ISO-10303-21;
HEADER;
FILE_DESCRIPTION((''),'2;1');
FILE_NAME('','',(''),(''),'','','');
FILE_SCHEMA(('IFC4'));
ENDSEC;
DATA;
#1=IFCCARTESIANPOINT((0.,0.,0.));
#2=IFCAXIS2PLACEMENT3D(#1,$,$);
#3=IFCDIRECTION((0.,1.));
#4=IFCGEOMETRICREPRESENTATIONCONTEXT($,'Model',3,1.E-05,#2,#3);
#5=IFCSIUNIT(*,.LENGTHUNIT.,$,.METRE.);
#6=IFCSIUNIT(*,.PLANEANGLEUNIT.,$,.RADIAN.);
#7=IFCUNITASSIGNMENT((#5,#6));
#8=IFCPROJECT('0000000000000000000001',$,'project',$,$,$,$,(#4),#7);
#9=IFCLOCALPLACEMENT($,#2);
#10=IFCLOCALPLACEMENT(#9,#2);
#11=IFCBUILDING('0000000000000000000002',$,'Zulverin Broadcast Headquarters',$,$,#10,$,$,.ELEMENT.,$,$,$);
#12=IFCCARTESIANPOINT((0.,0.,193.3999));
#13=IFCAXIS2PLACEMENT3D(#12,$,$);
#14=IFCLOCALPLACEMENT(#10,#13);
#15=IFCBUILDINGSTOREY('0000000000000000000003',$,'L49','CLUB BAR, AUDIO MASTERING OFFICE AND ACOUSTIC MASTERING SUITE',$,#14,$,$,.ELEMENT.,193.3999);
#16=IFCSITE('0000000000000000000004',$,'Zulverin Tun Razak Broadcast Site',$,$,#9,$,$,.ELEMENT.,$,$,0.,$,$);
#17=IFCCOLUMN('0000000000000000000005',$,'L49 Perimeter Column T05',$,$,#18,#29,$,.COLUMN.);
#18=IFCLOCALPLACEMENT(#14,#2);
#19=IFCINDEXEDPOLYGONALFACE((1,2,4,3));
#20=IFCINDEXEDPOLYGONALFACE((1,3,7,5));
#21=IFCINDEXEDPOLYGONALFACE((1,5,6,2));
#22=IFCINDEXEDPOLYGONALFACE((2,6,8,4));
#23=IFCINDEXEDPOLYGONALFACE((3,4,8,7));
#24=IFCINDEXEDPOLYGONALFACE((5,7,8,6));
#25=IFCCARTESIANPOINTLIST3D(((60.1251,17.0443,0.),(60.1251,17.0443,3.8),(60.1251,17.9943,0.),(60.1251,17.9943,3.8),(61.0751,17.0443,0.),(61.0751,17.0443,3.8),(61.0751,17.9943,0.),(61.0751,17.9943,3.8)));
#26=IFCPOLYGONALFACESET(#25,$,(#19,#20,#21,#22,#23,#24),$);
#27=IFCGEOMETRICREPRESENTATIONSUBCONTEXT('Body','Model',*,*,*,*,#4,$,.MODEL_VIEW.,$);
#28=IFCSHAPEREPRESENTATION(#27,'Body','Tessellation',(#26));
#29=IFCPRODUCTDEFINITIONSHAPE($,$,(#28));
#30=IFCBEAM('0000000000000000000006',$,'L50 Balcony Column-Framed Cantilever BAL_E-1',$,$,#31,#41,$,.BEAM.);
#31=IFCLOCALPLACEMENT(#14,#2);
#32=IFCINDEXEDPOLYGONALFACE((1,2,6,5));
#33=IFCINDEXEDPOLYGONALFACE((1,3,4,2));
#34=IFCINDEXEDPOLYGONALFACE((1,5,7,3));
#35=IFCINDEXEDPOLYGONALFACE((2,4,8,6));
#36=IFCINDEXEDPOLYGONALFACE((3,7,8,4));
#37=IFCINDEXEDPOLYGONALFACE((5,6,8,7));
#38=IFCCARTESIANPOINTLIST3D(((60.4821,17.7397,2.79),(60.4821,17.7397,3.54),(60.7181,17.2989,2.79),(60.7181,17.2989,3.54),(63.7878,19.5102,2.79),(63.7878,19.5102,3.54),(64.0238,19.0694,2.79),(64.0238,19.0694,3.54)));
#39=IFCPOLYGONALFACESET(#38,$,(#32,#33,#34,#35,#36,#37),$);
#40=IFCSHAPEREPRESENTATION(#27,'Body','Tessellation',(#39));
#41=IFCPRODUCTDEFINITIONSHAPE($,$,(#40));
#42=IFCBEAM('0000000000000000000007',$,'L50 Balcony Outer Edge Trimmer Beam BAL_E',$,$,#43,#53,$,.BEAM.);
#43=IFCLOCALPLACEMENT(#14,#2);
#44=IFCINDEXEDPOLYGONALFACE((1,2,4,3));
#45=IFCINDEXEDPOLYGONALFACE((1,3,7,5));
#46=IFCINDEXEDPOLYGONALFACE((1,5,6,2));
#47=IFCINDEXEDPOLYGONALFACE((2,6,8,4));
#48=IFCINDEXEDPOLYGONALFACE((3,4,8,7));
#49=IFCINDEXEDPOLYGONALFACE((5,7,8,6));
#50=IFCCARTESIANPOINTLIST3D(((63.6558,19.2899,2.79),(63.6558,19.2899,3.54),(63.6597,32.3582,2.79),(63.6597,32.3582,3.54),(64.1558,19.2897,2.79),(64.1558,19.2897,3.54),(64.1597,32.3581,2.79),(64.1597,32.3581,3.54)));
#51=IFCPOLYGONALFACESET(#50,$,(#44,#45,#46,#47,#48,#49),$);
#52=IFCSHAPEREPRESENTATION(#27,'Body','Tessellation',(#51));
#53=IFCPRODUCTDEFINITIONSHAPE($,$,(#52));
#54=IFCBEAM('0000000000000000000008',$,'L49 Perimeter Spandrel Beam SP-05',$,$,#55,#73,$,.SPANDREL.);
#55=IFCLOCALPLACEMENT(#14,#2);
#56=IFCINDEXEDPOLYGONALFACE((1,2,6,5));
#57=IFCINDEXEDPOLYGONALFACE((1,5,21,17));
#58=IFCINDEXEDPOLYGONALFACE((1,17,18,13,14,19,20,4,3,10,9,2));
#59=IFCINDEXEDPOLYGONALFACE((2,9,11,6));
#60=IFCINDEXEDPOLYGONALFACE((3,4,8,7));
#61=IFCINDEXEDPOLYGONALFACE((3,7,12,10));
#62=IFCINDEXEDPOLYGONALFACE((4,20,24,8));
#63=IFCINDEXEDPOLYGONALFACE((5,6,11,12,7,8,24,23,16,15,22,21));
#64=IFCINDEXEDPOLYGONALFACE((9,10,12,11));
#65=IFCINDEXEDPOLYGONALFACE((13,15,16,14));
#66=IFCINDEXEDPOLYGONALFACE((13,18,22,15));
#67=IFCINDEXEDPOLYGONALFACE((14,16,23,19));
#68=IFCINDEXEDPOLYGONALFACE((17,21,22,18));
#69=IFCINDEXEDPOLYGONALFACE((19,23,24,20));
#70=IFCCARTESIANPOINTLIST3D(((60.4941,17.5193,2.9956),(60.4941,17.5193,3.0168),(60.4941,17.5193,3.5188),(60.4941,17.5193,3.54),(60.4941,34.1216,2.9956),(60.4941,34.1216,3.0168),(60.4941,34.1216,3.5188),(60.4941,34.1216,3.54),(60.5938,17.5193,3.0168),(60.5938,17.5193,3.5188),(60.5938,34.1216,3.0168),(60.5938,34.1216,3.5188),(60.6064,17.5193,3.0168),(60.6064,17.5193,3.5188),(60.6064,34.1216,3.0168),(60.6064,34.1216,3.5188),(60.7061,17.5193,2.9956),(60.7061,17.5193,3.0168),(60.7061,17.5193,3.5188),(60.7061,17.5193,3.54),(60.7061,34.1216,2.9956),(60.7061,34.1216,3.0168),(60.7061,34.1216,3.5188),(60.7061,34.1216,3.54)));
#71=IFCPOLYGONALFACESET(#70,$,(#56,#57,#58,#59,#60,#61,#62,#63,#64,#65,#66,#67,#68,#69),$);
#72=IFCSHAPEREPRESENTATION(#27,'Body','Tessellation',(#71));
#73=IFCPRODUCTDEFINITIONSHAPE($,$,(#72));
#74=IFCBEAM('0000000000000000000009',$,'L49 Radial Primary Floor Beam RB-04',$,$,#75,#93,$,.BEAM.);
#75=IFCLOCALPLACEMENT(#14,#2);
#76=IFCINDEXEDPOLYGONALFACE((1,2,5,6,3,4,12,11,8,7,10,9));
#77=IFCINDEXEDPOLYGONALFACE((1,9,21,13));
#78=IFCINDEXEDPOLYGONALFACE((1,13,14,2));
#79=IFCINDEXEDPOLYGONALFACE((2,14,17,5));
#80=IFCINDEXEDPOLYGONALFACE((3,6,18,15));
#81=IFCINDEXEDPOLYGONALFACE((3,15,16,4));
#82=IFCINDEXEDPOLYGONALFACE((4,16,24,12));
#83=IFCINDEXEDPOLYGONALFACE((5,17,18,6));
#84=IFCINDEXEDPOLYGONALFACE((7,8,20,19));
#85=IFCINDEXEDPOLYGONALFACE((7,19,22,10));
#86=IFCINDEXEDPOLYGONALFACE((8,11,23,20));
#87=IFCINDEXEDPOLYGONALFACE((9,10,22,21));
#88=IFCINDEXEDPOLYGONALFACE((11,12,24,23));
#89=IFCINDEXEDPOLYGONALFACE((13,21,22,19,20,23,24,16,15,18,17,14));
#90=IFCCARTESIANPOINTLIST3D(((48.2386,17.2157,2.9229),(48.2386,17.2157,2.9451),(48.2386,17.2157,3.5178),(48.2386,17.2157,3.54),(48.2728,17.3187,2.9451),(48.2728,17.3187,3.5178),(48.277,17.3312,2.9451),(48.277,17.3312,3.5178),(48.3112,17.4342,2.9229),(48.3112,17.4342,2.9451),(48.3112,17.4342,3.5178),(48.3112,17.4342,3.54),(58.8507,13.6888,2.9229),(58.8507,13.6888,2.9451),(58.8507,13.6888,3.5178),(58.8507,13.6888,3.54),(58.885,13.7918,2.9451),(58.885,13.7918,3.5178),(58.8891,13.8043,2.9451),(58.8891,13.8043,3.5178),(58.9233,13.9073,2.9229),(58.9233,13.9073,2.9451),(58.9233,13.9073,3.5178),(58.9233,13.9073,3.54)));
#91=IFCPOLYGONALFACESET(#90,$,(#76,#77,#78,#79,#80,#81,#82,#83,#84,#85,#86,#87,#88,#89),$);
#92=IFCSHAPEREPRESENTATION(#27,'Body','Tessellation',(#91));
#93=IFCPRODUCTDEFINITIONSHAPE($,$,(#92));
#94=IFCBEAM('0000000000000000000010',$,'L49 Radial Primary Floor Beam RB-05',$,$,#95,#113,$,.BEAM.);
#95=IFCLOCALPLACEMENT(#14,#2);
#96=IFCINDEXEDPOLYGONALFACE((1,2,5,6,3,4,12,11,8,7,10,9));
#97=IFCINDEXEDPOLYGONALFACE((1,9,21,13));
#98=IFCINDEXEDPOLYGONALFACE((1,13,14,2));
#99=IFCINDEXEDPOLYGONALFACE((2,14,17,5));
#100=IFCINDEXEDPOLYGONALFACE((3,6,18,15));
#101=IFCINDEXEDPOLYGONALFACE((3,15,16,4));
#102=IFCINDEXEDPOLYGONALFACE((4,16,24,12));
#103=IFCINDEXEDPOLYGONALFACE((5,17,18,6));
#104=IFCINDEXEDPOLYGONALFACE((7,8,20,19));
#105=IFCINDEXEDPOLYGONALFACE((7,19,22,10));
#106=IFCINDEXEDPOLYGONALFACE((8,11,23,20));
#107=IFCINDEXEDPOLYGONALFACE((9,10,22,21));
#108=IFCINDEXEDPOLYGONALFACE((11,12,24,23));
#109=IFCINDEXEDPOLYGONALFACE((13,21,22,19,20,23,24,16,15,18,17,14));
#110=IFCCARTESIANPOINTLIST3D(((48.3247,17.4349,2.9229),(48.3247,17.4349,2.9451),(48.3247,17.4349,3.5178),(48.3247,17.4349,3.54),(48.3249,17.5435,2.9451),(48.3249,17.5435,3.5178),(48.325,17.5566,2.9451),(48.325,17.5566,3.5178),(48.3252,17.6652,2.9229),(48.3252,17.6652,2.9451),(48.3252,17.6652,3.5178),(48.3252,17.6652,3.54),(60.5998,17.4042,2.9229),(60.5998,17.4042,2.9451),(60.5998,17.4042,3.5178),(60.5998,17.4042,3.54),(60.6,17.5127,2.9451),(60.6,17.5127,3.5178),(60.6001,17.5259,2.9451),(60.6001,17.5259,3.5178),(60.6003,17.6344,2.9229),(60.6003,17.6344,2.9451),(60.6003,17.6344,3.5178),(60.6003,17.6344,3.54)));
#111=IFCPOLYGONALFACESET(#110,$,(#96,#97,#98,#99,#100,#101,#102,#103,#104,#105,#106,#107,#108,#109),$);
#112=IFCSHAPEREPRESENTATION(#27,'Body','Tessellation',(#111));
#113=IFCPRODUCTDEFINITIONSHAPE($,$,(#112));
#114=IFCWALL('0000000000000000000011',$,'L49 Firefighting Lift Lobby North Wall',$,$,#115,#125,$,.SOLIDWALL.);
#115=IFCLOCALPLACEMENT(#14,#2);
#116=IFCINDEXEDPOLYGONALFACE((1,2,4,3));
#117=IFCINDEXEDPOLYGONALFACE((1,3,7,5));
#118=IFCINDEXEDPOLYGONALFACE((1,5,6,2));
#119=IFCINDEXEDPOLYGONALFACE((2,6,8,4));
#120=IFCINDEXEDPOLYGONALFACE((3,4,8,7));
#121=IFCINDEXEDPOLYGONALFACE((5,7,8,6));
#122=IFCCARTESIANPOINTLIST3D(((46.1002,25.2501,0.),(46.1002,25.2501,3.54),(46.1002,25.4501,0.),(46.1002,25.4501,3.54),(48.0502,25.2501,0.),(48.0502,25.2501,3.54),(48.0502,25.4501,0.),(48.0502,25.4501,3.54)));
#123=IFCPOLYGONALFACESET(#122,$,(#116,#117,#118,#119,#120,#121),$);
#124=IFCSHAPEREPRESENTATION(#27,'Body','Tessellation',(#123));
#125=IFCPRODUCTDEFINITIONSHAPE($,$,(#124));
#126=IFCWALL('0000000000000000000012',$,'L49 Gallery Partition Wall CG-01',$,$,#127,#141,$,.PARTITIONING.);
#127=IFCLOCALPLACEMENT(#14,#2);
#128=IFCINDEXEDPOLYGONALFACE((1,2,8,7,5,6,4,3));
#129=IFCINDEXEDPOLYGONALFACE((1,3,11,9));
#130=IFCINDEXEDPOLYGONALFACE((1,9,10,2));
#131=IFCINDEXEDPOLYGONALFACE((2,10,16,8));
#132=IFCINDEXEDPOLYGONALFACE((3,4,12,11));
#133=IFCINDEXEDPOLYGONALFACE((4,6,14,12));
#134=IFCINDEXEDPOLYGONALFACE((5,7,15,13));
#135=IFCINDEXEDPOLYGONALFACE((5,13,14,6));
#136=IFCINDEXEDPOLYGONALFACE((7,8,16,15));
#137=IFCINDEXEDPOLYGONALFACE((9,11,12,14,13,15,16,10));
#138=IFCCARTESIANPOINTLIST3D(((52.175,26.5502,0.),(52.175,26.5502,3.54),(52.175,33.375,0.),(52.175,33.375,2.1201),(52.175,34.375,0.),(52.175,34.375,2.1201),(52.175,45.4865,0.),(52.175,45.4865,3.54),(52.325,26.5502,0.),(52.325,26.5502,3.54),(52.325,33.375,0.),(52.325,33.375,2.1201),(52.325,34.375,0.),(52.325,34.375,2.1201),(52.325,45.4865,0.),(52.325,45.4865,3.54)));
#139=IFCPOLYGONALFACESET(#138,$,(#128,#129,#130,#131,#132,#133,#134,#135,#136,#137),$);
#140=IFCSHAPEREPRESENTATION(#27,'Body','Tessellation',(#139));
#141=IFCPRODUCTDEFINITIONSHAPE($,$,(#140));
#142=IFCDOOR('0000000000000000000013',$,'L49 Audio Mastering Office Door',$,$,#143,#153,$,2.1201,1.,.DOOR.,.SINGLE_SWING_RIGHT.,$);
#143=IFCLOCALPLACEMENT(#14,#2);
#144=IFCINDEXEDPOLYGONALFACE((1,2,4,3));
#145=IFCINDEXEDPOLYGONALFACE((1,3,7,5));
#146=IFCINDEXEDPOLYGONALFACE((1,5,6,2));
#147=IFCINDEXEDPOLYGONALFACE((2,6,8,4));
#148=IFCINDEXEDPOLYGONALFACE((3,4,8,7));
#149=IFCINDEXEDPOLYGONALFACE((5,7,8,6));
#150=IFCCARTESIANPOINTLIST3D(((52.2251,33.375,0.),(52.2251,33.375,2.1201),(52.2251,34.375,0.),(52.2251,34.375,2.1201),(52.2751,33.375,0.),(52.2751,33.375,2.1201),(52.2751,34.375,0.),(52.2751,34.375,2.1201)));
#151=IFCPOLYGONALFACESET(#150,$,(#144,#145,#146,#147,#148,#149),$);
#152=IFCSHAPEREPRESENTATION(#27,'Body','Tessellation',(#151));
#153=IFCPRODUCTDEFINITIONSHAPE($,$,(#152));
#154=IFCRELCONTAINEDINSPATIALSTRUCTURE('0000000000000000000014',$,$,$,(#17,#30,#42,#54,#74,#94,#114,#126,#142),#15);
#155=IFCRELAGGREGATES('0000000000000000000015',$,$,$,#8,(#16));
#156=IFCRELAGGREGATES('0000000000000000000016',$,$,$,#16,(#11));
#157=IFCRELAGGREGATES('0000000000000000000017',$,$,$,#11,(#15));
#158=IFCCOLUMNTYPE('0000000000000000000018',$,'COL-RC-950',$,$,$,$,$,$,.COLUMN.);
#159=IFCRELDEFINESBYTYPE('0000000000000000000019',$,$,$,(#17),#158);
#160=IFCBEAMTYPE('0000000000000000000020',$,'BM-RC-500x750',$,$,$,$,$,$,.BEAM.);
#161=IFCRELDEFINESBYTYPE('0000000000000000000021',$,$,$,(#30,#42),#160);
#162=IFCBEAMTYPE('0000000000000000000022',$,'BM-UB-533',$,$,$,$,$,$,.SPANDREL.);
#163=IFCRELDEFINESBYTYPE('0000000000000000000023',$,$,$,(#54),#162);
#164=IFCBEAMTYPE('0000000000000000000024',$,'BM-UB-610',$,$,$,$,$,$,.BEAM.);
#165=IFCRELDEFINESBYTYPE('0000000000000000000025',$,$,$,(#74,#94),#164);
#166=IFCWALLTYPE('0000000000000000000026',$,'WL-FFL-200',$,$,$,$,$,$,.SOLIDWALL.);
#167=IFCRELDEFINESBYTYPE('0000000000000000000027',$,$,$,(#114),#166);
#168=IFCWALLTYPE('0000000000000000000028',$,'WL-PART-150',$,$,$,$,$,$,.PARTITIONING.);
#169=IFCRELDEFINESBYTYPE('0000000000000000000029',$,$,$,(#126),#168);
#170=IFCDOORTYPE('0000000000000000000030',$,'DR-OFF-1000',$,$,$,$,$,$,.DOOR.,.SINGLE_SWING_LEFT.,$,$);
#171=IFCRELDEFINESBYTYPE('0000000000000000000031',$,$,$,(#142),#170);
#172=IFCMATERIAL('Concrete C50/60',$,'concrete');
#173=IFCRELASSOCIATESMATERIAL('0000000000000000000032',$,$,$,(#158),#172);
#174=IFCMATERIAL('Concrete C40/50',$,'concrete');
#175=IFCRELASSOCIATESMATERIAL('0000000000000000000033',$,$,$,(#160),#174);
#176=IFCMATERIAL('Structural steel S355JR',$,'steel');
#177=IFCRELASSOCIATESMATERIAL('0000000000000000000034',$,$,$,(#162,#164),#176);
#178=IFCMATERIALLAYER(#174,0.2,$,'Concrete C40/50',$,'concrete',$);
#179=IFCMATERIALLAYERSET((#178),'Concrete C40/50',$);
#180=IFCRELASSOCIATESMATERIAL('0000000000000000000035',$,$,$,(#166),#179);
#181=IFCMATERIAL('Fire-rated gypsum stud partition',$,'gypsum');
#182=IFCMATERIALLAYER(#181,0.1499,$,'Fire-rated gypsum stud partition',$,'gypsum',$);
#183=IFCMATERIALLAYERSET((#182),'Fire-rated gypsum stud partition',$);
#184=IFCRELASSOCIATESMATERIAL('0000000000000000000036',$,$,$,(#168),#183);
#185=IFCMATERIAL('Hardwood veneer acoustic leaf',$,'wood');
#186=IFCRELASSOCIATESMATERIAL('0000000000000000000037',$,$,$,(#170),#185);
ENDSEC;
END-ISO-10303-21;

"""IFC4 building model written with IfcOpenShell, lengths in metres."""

from ifc_helpers import new_model, si_unit, direction, frame, frame_2d, origin, origin_2d, place, context, subcontext, project, spatial, rectangle, i_section, extrude, material, layer, layer_set, material_profile, profile_set, type_object, element, fill, save


model = new_model("IFC4")

# Units and contexts
model_context = context("Model", 3, precision=1e-05, world=origin(), true_north=direction((0.0, 1.0)))
body_context = subcontext(model_context, "Body", "Model", "MODEL_VIEW")
ifc_project = project(units=[si_unit("LENGTHUNIT", "METRE"), si_unit("PLANEANGLEUNIT", "RADIAN")], contexts=[model_context])

# Site, building, storey
site_placement = place(None, origin())
site = spatial("IfcSite", under=ifc_project, at=site_placement, Name="Zulverin Tun Razak Broadcast Site", CompositionType="ELEMENT", RefElevation=0.0)
building_placement = place(site_placement, origin())
building = spatial("IfcBuilding", under=site, at=building_placement, Name="Zulverin Broadcast Headquarters", CompositionType="ELEMENT")
storey_placement = place(building_placement, frame((0.0, 0.0, 193.3999)))
storey = spatial("IfcBuildingStorey", under=building, at=storey_placement, Name="L49", Description="CLUB BAR, AUDIO MASTERING OFFICE AND ACOUSTIC MASTERING SUITE", CompositionType="ELEMENT", Elevation=193.3999)

# Column
ifc_material_1 = material(Name="Concrete C50/60", Category="concrete")
ifc_material_profile_1 = material_profile(ifc_material_1, rectangle(XDim=0.95, YDim=0.95, at=origin_2d()), Name="Concrete C50/60", Category="concrete")
ifc_profile_set_1 = profile_set([ifc_material_profile_1], Name="Concrete C50/60")
column_type = type_object("IfcColumnType", Name="COL-RC-950", PredefinedType="COLUMN", material=ifc_profile_set_1)
column_placement = place(storey_placement, frame((60.6001, 17.5193, 0.0), z_axis=(0.0, 0.0, 1.0), x_axis=(1.0, 0.0, 0.0)))
element("IfcColumn", 1, at=column_placement, inside=storey, type_object=column_type, Name="L49 Perimeter Column T05", PredefinedType="COLUMN", context=body_context, shape_type="SweptSolid", body=[
    extrude(rectangle(XDim=0.95, YDim=0.95, at=origin_2d()), origin(), (0.0, 0.0, 1.0), 3.8),
])

# Beams
ifc_material_2 = material(Name="Concrete C40/50", Category="concrete")
ifc_material_profile_2 = material_profile(ifc_material_2, rectangle(XDim=0.5, YDim=0.75, at=origin_2d()), Name="Concrete C40/50", Category="concrete")
ifc_profile_set_2 = profile_set([ifc_material_profile_2], Name="Concrete C40/50")
beam_type_1 = type_object("IfcBeamType", Name="BM-RC-500x750", PredefinedType="BEAM", material=ifc_profile_set_2)
beam_1_placement = place(storey_placement, frame((60.6001, 17.5193, 3.165), z_axis=(0.881523, 0.472142, 0.0), x_axis=(-0.472142, 0.881523, 0.0)))
element("IfcBeam", 2, at=beam_1_placement, inside=storey, type_object=beam_type_1, Name="L50 Balcony Column-Framed Cantilever BAL_E-1", PredefinedType="BEAM", context=body_context, shape_type="SweptSolid", body=[
    extrude(rectangle(XDim=0.5, YDim=0.75, at=origin_2d()), origin(), (0.0, 0.0, 1.0), 3.75),
])
beam_2_placement = place(storey_placement, frame((63.9058, 19.2898, 3.165), z_axis=(0.000299, 1.0, 0.0), x_axis=(-1.0, 0.000299, 0.0)))
element("IfcBeam", 3, at=beam_2_placement, inside=storey, type_object=beam_type_1, Name="L50 Balcony Outer Edge Trimmer Beam BAL_E", PredefinedType="BEAM", context=body_context, shape_type="SweptSolid", body=[
    extrude(rectangle(XDim=0.5, YDim=0.75, at=origin_2d()), origin(), (0.0, 0.0, 1.0), 13.0684),
])
ifc_material_3 = material(Name="Structural steel S355JR", Category="steel")
ifc_material_profile_3 = material_profile(ifc_material_3, i_section(OverallWidth=0.2119, OverallDepth=0.5444, WebThickness=0.0127, FlangeThickness=0.0212, at=origin_2d()), Name="Structural steel S355JR", Category="steel")
ifc_profile_set_3 = profile_set([ifc_material_profile_3], Name="Structural steel S355JR")
beam_type_2 = type_object("IfcBeamType", Name="BM-UB-533", PredefinedType="SPANDREL", material=ifc_profile_set_3)
beam_3_placement = place(storey_placement, frame((60.6001, 17.5193, 3.2678), z_axis=(0.0, 1.0, 0.0), x_axis=(-1.0, 0.0, 0.0)))
element("IfcBeam", 4, at=beam_3_placement, inside=storey, type_object=beam_type_2, Name="L49 Perimeter Spandrel Beam SP-05", PredefinedType="SPANDREL", context=body_context, shape_type="SweptSolid", body=[
    extrude(i_section(OverallWidth=0.2119, OverallDepth=0.5444, WebThickness=0.0127, FlangeThickness=0.0212, at=origin_2d()), origin(), (0.0, 0.0, 1.0), 16.6023),
])
ifc_material_profile_4 = material_profile(ifc_material_3, i_section(OverallWidth=0.2302, OverallDepth=0.6172, WebThickness=0.0132, FlangeThickness=0.0222, at=origin_2d()), Name="Structural steel S355JR", Category="steel")
ifc_profile_set_4 = profile_set([ifc_material_profile_4], Name="Structural steel S355JR")
beam_type_3 = type_object("IfcBeamType", Name="BM-UB-610", PredefinedType="BEAM", material=ifc_profile_set_4)
beam_4_placement = place(storey_placement, frame((48.2749, 17.325, 3.2314), z_axis=(0.948965, -0.315383, 0.0), x_axis=(0.315383, 0.948965, 0.0)))
element("IfcBeam", 5, at=beam_4_placement, inside=storey, type_object=beam_type_3, Name="L49 Radial Primary Floor Beam RB-04", PredefinedType="BEAM", context=body_context, shape_type="SweptSolid", body=[
    extrude(i_section(OverallWidth=0.2302, OverallDepth=0.6172, WebThickness=0.0132, FlangeThickness=0.0222, at=origin_2d()), origin(), (0.0, 0.0, 1.0), 11.1829),
])
beam_5_placement = place(storey_placement, frame((48.325, 17.55, 3.2314), z_axis=(0.999997, -0.002506, 0.0), x_axis=(0.002506, 0.999997, 0.0)))
element("IfcBeam", 6, at=beam_5_placement, inside=storey, type_object=beam_type_3, Name="L49 Radial Primary Floor Beam RB-05", PredefinedType="BEAM", context=body_context, shape_type="SweptSolid", body=[
    extrude(i_section(OverallWidth=0.2302, OverallDepth=0.6172, WebThickness=0.0132, FlangeThickness=0.0222, at=origin_2d()), origin(), (0.0, 0.0, 1.0), 12.2751),
])

# Wall
ifc_layer_1 = layer(ifc_material_2, 0.2, Name="Concrete C40/50", Category="concrete")
ifc_layer_set_1 = layer_set([ifc_layer_1], Name="Concrete C40/50")
wall_type_1 = type_object("IfcWallType", Name="WL-FFL-200", PredefinedType="SOLIDWALL", material=ifc_layer_set_1)
wall_1_placement = place(storey_placement, frame((46.1001, 25.3501, 0.0), z_axis=(0.0, 0.0, 1.0), x_axis=(1.0, 0.0, 0.0)))
element("IfcWall", 7, at=wall_1_placement, inside=storey, type_object=wall_type_1, Name="L49 Firefighting Lift Lobby North Wall", PredefinedType="SOLIDWALL", context=body_context, shape_type="SweptSolid", body=[
    extrude(rectangle(XDim=1.95, YDim=0.2, at=frame_2d((0.9751, 0.0))), origin(), (0.0, 0.0, 1.0), 3.54),
])

# Wall, opening, door
ifc_material_4 = material(Name="Fire-rated gypsum stud partition", Category="gypsum")
ifc_layer_2 = layer(ifc_material_4, 0.1499, Name="Fire-rated gypsum stud partition", Category="gypsum")
ifc_layer_set_2 = layer_set([ifc_layer_2], Name="Fire-rated gypsum stud partition")
wall_type_2 = type_object("IfcWallType", Name="WL-PART-150", PredefinedType="PARTITIONING", material=ifc_layer_set_2)
wall_2_placement = place(storey_placement, frame((52.25, 26.55, 0.0), z_axis=(0.0, 0.0, 1.0), x_axis=(0.0, 1.0, 0.0)))
wall_2 = element("IfcWall", 8, at=wall_2_placement, inside=storey, type_object=wall_type_2, Name="L49 Gallery Partition Wall CG-01", PredefinedType="PARTITIONING", context=body_context, shape_type="SweptSolid", body=[
    extrude(rectangle(XDim=18.9363, YDim=0.1499, at=frame_2d((9.4683, 0.0))), origin(), (0.0, 0.0, 1.0), 3.54),
])
opening_1_placement = place(wall_2_placement, frame((6.825, 0.0, 0.0)))
opening_1 = element("IfcOpeningElement", 9, at=opening_1_placement, cuts=wall_2, PredefinedType="OPENING", context=body_context, shape_type="SweptSolid", body=[
    extrude(rectangle(XDim=1.0, YDim=2.1201, at=frame_2d((0.5, 1.0601))), frame((0.0, 0.085, 0.0), z_axis=(0.0, -1.0, 0.0), x_axis=(1.0, 0.0, 0.0)), (0.0, 0.0, 1.0), 0.1699),
])
ifc_material_5 = material(Name="Hardwood veneer acoustic leaf", Category="wood")
door_type_1 = type_object("IfcDoorType", Name="DR-OFF-1000", OperationType="SINGLE_SWING_LEFT", PredefinedType="DOOR", material=ifc_material_5)
door_1_placement = place(opening_1_placement, origin())
door_1 = element("IfcDoor", 10, at=door_1_placement, inside=storey, type_object=door_type_1, Name="L49 Audio Mastering Office Door", OperationType="SINGLE_SWING_RIGHT", OverallHeight=2.1201, OverallWidth=1.0, PredefinedType="DOOR", context=body_context, shape_type="SweptSolid", body=[
    extrude(rectangle(XDim=1.0, YDim=2.1201, at=frame_2d((0.5, 1.0601))), frame((0.0, 0.0249, 0.0), z_axis=(0.0, -1.0, 0.0), x_axis=(1.0, 0.0, 0.0)), (0.0, 0.0, 1.0), 0.05),
])
fill(opening_1, door_1)

save(model, "model.ifc")
